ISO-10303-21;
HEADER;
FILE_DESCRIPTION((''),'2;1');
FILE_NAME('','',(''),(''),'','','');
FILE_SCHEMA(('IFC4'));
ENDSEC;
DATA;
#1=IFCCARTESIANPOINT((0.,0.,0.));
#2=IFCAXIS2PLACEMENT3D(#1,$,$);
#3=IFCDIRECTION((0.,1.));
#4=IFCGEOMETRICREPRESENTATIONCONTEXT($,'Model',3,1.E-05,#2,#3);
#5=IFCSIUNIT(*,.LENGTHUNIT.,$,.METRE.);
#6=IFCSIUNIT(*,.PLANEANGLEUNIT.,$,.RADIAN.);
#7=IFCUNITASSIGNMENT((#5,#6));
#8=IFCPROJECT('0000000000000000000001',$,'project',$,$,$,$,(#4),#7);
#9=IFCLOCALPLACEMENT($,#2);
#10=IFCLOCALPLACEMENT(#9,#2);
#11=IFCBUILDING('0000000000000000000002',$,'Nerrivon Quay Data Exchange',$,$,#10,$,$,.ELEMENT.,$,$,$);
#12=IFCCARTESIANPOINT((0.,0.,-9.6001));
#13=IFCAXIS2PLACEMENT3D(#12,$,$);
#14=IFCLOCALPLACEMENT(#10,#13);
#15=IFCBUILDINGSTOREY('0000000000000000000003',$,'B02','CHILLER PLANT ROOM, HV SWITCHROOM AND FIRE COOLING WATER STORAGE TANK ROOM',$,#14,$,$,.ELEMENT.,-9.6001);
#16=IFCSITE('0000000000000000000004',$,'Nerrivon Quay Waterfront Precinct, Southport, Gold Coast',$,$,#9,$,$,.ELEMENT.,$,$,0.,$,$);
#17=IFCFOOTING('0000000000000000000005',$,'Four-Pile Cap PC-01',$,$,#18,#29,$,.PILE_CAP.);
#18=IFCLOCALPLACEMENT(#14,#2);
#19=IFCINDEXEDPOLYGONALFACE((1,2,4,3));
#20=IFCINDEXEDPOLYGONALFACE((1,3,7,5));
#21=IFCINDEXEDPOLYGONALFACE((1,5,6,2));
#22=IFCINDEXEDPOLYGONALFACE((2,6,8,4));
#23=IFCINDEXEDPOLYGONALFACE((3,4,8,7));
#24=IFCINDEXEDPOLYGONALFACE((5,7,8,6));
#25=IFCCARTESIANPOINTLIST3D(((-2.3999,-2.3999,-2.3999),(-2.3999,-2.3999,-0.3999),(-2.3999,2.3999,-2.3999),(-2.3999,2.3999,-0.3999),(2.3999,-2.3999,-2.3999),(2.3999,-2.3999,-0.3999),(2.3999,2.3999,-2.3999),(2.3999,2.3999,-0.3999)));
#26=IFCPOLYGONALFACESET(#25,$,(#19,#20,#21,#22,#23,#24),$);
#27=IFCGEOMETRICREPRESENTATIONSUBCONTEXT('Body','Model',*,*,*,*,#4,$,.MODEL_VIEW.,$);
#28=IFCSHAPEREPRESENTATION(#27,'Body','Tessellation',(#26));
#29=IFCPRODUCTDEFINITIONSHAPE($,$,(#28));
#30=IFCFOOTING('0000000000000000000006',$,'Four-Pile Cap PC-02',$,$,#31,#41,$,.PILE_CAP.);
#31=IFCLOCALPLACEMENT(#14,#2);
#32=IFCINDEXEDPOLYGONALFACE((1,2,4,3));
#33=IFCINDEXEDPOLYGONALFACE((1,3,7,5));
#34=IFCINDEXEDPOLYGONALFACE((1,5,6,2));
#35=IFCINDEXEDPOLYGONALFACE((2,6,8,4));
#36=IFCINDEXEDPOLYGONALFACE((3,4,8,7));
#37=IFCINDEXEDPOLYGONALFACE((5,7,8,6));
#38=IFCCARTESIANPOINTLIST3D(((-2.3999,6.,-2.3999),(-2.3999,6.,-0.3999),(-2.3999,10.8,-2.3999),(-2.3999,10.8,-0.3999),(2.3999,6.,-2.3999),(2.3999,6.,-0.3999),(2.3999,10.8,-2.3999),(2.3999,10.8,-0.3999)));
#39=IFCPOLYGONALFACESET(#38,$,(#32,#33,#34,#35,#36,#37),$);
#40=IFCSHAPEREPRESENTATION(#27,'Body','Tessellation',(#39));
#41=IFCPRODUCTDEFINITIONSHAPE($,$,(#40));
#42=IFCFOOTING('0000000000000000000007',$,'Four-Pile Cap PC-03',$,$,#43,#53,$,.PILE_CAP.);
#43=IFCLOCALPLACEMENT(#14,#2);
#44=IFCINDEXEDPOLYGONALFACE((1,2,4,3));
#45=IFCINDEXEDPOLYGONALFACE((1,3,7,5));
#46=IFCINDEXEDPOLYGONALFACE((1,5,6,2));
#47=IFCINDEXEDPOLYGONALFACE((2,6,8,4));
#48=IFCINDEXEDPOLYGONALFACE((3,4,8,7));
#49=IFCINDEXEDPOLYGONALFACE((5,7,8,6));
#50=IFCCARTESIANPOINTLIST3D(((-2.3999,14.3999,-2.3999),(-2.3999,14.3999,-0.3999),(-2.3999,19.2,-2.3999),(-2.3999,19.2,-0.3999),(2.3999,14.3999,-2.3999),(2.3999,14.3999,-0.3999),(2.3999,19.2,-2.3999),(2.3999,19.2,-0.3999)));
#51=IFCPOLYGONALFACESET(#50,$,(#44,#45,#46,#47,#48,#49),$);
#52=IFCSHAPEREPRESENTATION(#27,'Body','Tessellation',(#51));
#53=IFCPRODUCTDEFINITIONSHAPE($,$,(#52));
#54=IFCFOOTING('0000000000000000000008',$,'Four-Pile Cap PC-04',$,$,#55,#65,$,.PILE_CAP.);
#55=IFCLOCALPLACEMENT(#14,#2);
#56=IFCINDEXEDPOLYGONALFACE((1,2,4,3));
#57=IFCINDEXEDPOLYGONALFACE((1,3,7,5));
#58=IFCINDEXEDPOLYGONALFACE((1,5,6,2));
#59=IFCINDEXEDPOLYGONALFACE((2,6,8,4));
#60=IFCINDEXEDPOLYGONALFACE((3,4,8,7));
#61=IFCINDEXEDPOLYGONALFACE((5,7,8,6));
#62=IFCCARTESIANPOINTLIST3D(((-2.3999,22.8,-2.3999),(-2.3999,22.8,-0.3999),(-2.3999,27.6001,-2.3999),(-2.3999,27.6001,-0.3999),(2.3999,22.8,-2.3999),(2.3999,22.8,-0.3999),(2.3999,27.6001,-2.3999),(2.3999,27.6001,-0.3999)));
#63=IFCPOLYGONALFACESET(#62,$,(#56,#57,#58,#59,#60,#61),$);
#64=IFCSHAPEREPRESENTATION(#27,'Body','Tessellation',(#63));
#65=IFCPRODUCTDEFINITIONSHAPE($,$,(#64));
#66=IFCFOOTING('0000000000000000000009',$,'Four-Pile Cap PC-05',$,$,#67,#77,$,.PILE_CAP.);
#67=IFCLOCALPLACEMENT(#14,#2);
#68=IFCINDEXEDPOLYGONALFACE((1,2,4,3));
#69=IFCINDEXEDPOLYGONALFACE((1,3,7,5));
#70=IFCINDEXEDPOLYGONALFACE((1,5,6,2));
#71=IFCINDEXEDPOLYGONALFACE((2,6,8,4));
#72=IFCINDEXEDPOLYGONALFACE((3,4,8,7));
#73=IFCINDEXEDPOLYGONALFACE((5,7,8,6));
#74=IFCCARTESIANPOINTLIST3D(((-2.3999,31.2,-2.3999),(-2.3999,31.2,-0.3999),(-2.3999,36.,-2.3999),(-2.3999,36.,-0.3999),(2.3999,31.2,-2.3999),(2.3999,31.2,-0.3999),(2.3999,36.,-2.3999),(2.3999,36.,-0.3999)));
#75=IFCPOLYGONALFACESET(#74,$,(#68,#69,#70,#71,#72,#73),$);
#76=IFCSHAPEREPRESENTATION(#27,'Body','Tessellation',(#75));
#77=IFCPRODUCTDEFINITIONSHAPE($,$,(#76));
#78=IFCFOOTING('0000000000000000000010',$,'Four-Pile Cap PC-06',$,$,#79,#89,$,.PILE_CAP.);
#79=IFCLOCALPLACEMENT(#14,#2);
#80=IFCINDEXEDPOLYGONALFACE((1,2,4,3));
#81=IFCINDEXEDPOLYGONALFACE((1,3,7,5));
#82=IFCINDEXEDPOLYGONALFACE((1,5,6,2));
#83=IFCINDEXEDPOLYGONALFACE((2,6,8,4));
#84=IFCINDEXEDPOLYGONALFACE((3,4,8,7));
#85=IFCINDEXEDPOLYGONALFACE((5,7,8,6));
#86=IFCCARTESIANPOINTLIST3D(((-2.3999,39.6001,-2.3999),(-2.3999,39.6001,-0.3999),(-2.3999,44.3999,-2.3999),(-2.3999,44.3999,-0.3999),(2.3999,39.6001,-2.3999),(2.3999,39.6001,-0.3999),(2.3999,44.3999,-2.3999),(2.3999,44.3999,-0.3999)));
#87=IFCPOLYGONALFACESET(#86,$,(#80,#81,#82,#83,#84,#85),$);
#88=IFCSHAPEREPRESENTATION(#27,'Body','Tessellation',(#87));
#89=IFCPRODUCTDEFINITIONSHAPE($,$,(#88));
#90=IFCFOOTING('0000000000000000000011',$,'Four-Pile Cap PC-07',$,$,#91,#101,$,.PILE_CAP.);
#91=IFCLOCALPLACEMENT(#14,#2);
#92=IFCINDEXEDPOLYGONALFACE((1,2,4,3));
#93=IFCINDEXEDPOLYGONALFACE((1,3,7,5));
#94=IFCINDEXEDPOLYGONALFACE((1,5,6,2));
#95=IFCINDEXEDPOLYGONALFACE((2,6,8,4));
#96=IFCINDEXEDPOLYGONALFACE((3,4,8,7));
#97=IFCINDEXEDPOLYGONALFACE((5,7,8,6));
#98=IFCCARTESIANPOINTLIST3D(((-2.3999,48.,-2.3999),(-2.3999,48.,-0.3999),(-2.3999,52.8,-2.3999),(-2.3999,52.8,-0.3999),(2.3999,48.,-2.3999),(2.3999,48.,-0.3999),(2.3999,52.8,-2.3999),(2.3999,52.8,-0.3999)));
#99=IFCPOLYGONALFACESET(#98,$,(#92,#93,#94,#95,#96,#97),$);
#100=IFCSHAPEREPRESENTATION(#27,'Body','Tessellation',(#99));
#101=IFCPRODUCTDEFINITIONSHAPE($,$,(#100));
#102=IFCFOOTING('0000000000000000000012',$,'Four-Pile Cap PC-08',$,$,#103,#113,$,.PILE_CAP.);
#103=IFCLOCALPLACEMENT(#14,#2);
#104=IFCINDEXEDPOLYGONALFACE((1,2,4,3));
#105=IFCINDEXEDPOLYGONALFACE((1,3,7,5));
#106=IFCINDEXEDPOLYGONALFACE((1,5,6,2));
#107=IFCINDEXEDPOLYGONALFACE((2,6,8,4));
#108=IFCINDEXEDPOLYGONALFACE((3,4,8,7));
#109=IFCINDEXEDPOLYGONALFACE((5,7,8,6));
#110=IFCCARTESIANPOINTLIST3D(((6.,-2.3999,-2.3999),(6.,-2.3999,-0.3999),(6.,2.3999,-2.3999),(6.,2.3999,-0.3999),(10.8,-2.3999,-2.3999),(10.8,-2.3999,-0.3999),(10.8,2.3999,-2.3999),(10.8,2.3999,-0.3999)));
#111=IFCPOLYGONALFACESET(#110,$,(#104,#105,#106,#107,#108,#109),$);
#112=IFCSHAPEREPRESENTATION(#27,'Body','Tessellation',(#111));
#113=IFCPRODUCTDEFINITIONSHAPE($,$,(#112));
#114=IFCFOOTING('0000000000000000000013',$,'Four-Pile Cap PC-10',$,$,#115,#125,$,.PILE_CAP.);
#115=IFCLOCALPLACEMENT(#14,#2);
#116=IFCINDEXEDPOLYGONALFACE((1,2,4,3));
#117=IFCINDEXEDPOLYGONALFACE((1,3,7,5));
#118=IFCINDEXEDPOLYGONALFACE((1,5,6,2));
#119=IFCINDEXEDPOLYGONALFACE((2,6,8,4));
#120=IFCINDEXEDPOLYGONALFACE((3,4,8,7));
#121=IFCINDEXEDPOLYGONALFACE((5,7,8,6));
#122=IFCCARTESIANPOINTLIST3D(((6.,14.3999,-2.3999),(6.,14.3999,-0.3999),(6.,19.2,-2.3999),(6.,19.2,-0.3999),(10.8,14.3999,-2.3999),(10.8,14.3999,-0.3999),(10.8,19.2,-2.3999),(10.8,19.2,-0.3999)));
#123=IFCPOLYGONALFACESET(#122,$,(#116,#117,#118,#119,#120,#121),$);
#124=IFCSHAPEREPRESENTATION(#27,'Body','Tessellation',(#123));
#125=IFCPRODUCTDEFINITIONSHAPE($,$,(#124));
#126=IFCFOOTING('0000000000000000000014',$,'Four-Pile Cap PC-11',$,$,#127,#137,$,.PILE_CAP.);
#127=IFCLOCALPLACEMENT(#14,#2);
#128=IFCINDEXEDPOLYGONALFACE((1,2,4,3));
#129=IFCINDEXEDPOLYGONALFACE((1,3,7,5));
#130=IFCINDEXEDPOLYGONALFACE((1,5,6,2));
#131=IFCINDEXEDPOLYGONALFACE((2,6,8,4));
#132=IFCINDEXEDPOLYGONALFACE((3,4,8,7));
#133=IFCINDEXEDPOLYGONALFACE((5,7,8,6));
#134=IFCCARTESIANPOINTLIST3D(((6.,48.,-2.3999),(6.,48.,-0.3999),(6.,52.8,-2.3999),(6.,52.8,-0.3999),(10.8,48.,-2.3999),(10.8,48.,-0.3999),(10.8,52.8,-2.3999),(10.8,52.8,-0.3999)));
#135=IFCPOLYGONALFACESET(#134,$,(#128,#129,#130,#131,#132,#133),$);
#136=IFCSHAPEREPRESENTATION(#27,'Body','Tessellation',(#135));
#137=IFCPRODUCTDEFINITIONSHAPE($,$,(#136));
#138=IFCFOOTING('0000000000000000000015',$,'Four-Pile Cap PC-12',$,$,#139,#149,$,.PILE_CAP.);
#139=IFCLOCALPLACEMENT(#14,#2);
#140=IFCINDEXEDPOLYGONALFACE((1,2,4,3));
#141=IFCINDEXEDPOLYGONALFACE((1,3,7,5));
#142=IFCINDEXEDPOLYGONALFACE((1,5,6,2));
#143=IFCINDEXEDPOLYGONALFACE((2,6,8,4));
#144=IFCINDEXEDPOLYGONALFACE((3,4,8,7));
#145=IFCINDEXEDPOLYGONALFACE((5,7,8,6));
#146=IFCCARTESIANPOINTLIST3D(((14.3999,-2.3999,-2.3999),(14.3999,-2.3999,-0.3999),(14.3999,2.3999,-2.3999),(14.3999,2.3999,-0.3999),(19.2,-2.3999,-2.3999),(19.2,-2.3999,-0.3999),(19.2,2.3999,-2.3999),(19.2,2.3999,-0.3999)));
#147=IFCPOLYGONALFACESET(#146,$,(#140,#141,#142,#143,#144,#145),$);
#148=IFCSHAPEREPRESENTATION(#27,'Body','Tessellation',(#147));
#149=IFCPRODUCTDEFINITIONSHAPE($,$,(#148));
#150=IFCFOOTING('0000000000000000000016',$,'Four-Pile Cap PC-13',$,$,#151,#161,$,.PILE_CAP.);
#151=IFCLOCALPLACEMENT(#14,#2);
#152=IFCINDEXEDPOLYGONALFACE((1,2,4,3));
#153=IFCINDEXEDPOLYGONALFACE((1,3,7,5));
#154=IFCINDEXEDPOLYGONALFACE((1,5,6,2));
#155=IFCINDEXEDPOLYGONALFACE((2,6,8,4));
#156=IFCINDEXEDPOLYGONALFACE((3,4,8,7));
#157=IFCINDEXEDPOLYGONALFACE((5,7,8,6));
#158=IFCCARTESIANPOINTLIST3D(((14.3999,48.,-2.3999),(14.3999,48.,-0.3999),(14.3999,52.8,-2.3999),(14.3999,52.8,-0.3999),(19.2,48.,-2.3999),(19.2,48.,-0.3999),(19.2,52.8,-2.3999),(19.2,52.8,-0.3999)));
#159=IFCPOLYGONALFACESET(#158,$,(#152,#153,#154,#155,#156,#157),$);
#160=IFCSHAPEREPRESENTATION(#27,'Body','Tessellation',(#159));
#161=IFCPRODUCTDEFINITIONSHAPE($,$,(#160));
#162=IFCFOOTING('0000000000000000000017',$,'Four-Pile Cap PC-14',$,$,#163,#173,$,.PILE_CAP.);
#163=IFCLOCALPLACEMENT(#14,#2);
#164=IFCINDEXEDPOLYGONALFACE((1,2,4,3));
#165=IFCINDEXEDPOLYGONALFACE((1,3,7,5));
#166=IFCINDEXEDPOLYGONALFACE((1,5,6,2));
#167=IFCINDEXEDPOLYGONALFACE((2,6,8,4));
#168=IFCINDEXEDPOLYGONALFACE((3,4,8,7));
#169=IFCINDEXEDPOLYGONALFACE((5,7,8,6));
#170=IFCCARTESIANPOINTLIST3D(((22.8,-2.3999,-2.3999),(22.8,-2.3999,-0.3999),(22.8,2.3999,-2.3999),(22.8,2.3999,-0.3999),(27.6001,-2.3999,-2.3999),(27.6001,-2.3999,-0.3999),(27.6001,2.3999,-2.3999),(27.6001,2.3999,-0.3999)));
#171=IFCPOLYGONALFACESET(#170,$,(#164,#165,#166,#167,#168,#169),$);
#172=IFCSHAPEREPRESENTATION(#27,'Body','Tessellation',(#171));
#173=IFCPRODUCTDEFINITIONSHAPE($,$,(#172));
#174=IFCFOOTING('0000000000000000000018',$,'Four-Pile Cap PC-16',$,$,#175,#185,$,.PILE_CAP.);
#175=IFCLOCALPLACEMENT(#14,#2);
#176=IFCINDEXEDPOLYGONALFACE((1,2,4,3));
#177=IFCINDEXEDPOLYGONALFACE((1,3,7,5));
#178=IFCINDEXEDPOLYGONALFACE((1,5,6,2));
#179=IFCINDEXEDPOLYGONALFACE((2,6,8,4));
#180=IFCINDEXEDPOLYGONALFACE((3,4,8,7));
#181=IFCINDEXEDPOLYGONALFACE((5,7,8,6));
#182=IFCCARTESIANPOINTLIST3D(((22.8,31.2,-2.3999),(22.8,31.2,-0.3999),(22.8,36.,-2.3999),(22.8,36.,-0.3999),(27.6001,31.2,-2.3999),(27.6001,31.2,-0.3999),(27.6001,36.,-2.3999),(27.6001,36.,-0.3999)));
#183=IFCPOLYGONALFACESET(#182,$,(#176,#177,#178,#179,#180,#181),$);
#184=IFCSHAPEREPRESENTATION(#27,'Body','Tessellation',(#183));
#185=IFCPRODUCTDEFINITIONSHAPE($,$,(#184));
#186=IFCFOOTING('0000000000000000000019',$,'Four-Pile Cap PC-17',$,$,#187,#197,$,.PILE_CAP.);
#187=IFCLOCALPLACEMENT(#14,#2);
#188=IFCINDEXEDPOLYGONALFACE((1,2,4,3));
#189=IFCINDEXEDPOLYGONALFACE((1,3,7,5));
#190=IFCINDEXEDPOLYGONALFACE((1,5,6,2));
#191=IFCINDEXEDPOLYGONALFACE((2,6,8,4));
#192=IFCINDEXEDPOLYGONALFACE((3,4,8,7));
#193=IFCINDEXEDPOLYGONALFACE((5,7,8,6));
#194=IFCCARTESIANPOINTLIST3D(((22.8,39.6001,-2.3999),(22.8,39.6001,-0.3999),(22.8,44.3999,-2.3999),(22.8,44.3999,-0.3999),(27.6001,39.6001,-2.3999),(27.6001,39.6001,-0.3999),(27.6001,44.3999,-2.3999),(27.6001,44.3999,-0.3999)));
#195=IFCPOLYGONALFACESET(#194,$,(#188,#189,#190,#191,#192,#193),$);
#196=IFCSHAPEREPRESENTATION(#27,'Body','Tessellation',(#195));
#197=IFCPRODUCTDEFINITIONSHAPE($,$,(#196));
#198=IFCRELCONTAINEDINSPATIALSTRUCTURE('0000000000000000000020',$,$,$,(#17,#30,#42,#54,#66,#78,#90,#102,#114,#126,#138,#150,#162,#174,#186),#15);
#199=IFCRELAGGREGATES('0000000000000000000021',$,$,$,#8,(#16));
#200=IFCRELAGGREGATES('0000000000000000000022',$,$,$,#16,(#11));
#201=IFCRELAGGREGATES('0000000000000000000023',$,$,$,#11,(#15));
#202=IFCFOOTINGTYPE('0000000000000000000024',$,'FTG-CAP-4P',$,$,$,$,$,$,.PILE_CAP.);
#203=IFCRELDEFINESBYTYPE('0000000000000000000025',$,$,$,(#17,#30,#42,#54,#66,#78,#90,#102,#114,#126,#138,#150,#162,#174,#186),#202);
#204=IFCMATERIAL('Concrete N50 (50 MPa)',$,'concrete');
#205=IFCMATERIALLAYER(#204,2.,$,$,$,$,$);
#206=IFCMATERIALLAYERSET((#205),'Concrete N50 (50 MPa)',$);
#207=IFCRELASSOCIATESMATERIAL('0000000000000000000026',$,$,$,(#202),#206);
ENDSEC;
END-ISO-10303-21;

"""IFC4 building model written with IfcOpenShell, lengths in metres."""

from ifc_helpers import new_model, si_unit, direction, frame, origin, place, context, subcontext, project, spatial, polyline, outline, extrude, material, layer, layer_set, type_object, element, save


model = new_model("IFC4")

# Units and contexts
model_context = context("Model", 3, precision=1e-05, world=origin(), true_north=direction((0.0, 1.0)))
body_context = subcontext(model_context, "Body", "Model", "MODEL_VIEW")
ifc_project = project(units=[si_unit("LENGTHUNIT", "METRE"), si_unit("PLANEANGLEUNIT", "RADIAN")], contexts=[model_context])

# Site, building, storey
site_placement = place(None, origin())
site = spatial("IfcSite", under=ifc_project, at=site_placement, Name="Nerrivon Quay Waterfront Precinct, Southport, Gold Coast", CompositionType="ELEMENT", RefElevation=0.0)
building_placement = place(site_placement, origin())
building = spatial("IfcBuilding", under=site, at=building_placement, Name="Nerrivon Quay Data Exchange", CompositionType="ELEMENT")
storey_placement = place(building_placement, frame((0.0, 0.0, -9.6001)))
storey = spatial("IfcBuildingStorey", under=building, at=storey_placement, Name="B02", Description="CHILLER PLANT ROOM, HV SWITCHROOM AND FIRE COOLING WATER STORAGE TANK ROOM", CompositionType="ELEMENT", Elevation=-9.6001)

# Footings
ifc_material = material(Name="Concrete N50 (50 MPa)", Category="concrete")
ifc_layer_1 = layer(ifc_material, 2.0)
ifc_layer_set_1 = layer_set([ifc_layer_1], Name="Concrete N50 (50 MPa)")
footing_type_1 = type_object("IfcFootingType", Name="FTG-CAP-4P", PredefinedType="PILE_CAP", material=ifc_layer_set_1)
footing_1_placement = place(storey_placement, frame((0.0, 0.0, -2.3999)))
element("IfcFooting", 1, at=footing_1_placement, inside=storey, type_object=footing_type_1, Name="Four-Pile Cap PC-01", PredefinedType="PILE_CAP", context=body_context, shape_type="SweptSolid", body=[
    extrude(outline(polyline([(-2.3999, -2.3999), (2.3999, -2.3999), (2.3999, 2.3999), (-2.3999, 2.3999), (-2.3999, -2.3999)])), origin(), (0.0, 0.0, 1.0), 2.0),
])
footing_2_placement = place(storey_placement, frame((0.0, 0.0, -2.3999)))
element("IfcFooting", 2, at=footing_2_placement, inside=storey, type_object=footing_type_1, Name="Four-Pile Cap PC-02", PredefinedType="PILE_CAP", context=body_context, shape_type="SweptSolid", body=[
    extrude(outline(polyline([(-2.3999, 6.0), (2.3999, 6.0), (2.3999, 10.8), (-2.3999, 10.8), (-2.3999, 6.0)])), origin(), (0.0, 0.0, 1.0), 2.0),
])
footing_3_placement = place(storey_placement, frame((0.0, 0.0, -2.3999)))
element("IfcFooting", 3, at=footing_3_placement, inside=storey, type_object=footing_type_1, Name="Four-Pile Cap PC-03", PredefinedType="PILE_CAP", context=body_context, shape_type="SweptSolid", body=[
    extrude(outline(polyline([(-2.3999, 14.3999), (2.3999, 14.3999), (2.3999, 19.2), (-2.3999, 19.2), (-2.3999, 14.3999)])), origin(), (0.0, 0.0, 1.0), 2.0),
])
footing_4_placement = place(storey_placement, frame((0.0, 0.0, -2.3999)))
element("IfcFooting", 4, at=footing_4_placement, inside=storey, type_object=footing_type_1, Name="Four-Pile Cap PC-04", PredefinedType="PILE_CAP", context=body_context, shape_type="SweptSolid", body=[
    extrude(outline(polyline([(-2.3999, 22.8), (2.3999, 22.8), (2.3999, 27.6001), (-2.3999, 27.6001), (-2.3999, 22.8)])), origin(), (0.0, 0.0, 1.0), 2.0),
])
footing_5_placement = place(storey_placement, frame((0.0, 0.0, -2.3999)))
element("IfcFooting", 5, at=footing_5_placement, inside=storey, type_object=footing_type_1, Name="Four-Pile Cap PC-05", PredefinedType="PILE_CAP", context=body_context, shape_type="SweptSolid", body=[
    extrude(outline(polyline([(-2.3999, 31.2), (2.3999, 31.2), (2.3999, 36.0), (-2.3999, 36.0), (-2.3999, 31.2)])), origin(), (0.0, 0.0, 1.0), 2.0),
])
footing_6_placement = place(storey_placement, frame((0.0, 0.0, -2.3999)))
element("IfcFooting", 6, at=footing_6_placement, inside=storey, type_object=footing_type_1, Name="Four-Pile Cap PC-06", PredefinedType="PILE_CAP", context=body_context, shape_type="SweptSolid", body=[
    extrude(outline(polyline([(-2.3999, 39.6001), (2.3999, 39.6001), (2.3999, 44.3999), (-2.3999, 44.3999), (-2.3999, 39.6001)])), origin(), (0.0, 0.0, 1.0), 2.0),
])
footing_7_placement = place(storey_placement, frame((0.0, 0.0, -2.3999)))
element("IfcFooting", 7, at=footing_7_placement, inside=storey, type_object=footing_type_1, Name="Four-Pile Cap PC-07", PredefinedType="PILE_CAP", context=body_context, shape_type="SweptSolid", body=[
    extrude(outline(polyline([(-2.3999, 48.0), (2.3999, 48.0), (2.3999, 52.8), (-2.3999, 52.8), (-2.3999, 48.0)])), origin(), (0.0, 0.0, 1.0), 2.0),
])
footing_8_placement = place(storey_placement, frame((0.0, 0.0, -2.3999)))
element("IfcFooting", 8, at=footing_8_placement, inside=storey, type_object=footing_type_1, Name="Four-Pile Cap PC-08", PredefinedType="PILE_CAP", context=body_context, shape_type="SweptSolid", body=[
    extrude(outline(polyline([(6.0, -2.3999), (10.8, -2.3999), (10.8, 2.3999), (6.0, 2.3999), (6.0, -2.3999)])), origin(), (0.0, 0.0, 1.0), 2.0),
])
footing_9_placement = place(storey_placement, frame((0.0, 0.0, -2.3999)))
element("IfcFooting", 9, at=footing_9_placement, inside=storey, type_object=footing_type_1, Name="Four-Pile Cap PC-10", PredefinedType="PILE_CAP", context=body_context, shape_type="SweptSolid", body=[
    extrude(outline(polyline([(6.0, 14.3999), (10.8, 14.3999), (10.8, 19.2), (6.0, 19.2), (6.0, 14.3999)])), origin(), (0.0, 0.0, 1.0), 2.0),
])
footing_10_placement = place(storey_placement, frame((0.0, 0.0, -2.3999)))
element("IfcFooting", 10, at=footing_10_placement, inside=storey, type_object=footing_type_1, Name="Four-Pile Cap PC-11", PredefinedType="PILE_CAP", context=body_context, shape_type="SweptSolid", body=[
    extrude(outline(polyline([(6.0, 48.0), (10.8, 48.0), (10.8, 52.8), (6.0, 52.8), (6.0, 48.0)])), origin(), (0.0, 0.0, 1.0), 2.0),
])
footing_11_placement = place(storey_placement, frame((0.0, 0.0, -2.3999)))
element("IfcFooting", 11, at=footing_11_placement, inside=storey, type_object=footing_type_1, Name="Four-Pile Cap PC-12", PredefinedType="PILE_CAP", context=body_context, shape_type="SweptSolid", body=[
    extrude(outline(polyline([(14.3999, -2.3999), (19.2, -2.3999), (19.2, 2.3999), (14.3999, 2.3999), (14.3999, -2.3999)])), origin(), (0.0, 0.0, 1.0), 2.0),
])
footing_12_placement = place(storey_placement, frame((0.0, 0.0, -2.3999)))
element("IfcFooting", 12, at=footing_12_placement, inside=storey, type_object=footing_type_1, Name="Four-Pile Cap PC-13", PredefinedType="PILE_CAP", context=body_context, shape_type="SweptSolid", body=[
    extrude(outline(polyline([(14.3999, 48.0), (19.2, 48.0), (19.2, 52.8), (14.3999, 52.8), (14.3999, 48.0)])), origin(), (0.0, 0.0, 1.0), 2.0),
])
footing_13_placement = place(storey_placement, frame((0.0, 0.0, -2.3999)))
element("IfcFooting", 13, at=footing_13_placement, inside=storey, type_object=footing_type_1, Name="Four-Pile Cap PC-14", PredefinedType="PILE_CAP", context=body_context, shape_type="SweptSolid", body=[
    extrude(outline(polyline([(22.8, -2.3999), (27.6001, -2.3999), (27.6001, 2.3999), (22.8, 2.3999), (22.8, -2.3999)])), origin(), (0.0, 0.0, 1.0), 2.0),
])
footing_14_placement = place(storey_placement, frame((0.0, 0.0, -2.3999)))
element("IfcFooting", 14, at=footing_14_placement, inside=storey, type_object=footing_type_1, Name="Four-Pile Cap PC-16", PredefinedType="PILE_CAP", context=body_context, shape_type="SweptSolid", body=[
    extrude(outline(polyline([(22.8, 31.2), (27.6001, 31.2), (27.6001, 36.0), (22.8, 36.0), (22.8, 31.2)])), origin(), (0.0, 0.0, 1.0), 2.0),
])
footing_15_placement = place(storey_placement, frame((0.0, 0.0, -2.3999)))
element("IfcFooting", 15, at=footing_15_placement, inside=storey, type_object=footing_type_1, Name="Four-Pile Cap PC-17", PredefinedType="PILE_CAP", context=body_context, shape_type="SweptSolid", body=[
    extrude(outline(polyline([(22.8, 39.6001), (27.6001, 39.6001), (27.6001, 44.3999), (22.8, 44.3999), (22.8, 39.6001)])), origin(), (0.0, 0.0, 1.0), 2.0),
])

save(model, "model.ifc")
